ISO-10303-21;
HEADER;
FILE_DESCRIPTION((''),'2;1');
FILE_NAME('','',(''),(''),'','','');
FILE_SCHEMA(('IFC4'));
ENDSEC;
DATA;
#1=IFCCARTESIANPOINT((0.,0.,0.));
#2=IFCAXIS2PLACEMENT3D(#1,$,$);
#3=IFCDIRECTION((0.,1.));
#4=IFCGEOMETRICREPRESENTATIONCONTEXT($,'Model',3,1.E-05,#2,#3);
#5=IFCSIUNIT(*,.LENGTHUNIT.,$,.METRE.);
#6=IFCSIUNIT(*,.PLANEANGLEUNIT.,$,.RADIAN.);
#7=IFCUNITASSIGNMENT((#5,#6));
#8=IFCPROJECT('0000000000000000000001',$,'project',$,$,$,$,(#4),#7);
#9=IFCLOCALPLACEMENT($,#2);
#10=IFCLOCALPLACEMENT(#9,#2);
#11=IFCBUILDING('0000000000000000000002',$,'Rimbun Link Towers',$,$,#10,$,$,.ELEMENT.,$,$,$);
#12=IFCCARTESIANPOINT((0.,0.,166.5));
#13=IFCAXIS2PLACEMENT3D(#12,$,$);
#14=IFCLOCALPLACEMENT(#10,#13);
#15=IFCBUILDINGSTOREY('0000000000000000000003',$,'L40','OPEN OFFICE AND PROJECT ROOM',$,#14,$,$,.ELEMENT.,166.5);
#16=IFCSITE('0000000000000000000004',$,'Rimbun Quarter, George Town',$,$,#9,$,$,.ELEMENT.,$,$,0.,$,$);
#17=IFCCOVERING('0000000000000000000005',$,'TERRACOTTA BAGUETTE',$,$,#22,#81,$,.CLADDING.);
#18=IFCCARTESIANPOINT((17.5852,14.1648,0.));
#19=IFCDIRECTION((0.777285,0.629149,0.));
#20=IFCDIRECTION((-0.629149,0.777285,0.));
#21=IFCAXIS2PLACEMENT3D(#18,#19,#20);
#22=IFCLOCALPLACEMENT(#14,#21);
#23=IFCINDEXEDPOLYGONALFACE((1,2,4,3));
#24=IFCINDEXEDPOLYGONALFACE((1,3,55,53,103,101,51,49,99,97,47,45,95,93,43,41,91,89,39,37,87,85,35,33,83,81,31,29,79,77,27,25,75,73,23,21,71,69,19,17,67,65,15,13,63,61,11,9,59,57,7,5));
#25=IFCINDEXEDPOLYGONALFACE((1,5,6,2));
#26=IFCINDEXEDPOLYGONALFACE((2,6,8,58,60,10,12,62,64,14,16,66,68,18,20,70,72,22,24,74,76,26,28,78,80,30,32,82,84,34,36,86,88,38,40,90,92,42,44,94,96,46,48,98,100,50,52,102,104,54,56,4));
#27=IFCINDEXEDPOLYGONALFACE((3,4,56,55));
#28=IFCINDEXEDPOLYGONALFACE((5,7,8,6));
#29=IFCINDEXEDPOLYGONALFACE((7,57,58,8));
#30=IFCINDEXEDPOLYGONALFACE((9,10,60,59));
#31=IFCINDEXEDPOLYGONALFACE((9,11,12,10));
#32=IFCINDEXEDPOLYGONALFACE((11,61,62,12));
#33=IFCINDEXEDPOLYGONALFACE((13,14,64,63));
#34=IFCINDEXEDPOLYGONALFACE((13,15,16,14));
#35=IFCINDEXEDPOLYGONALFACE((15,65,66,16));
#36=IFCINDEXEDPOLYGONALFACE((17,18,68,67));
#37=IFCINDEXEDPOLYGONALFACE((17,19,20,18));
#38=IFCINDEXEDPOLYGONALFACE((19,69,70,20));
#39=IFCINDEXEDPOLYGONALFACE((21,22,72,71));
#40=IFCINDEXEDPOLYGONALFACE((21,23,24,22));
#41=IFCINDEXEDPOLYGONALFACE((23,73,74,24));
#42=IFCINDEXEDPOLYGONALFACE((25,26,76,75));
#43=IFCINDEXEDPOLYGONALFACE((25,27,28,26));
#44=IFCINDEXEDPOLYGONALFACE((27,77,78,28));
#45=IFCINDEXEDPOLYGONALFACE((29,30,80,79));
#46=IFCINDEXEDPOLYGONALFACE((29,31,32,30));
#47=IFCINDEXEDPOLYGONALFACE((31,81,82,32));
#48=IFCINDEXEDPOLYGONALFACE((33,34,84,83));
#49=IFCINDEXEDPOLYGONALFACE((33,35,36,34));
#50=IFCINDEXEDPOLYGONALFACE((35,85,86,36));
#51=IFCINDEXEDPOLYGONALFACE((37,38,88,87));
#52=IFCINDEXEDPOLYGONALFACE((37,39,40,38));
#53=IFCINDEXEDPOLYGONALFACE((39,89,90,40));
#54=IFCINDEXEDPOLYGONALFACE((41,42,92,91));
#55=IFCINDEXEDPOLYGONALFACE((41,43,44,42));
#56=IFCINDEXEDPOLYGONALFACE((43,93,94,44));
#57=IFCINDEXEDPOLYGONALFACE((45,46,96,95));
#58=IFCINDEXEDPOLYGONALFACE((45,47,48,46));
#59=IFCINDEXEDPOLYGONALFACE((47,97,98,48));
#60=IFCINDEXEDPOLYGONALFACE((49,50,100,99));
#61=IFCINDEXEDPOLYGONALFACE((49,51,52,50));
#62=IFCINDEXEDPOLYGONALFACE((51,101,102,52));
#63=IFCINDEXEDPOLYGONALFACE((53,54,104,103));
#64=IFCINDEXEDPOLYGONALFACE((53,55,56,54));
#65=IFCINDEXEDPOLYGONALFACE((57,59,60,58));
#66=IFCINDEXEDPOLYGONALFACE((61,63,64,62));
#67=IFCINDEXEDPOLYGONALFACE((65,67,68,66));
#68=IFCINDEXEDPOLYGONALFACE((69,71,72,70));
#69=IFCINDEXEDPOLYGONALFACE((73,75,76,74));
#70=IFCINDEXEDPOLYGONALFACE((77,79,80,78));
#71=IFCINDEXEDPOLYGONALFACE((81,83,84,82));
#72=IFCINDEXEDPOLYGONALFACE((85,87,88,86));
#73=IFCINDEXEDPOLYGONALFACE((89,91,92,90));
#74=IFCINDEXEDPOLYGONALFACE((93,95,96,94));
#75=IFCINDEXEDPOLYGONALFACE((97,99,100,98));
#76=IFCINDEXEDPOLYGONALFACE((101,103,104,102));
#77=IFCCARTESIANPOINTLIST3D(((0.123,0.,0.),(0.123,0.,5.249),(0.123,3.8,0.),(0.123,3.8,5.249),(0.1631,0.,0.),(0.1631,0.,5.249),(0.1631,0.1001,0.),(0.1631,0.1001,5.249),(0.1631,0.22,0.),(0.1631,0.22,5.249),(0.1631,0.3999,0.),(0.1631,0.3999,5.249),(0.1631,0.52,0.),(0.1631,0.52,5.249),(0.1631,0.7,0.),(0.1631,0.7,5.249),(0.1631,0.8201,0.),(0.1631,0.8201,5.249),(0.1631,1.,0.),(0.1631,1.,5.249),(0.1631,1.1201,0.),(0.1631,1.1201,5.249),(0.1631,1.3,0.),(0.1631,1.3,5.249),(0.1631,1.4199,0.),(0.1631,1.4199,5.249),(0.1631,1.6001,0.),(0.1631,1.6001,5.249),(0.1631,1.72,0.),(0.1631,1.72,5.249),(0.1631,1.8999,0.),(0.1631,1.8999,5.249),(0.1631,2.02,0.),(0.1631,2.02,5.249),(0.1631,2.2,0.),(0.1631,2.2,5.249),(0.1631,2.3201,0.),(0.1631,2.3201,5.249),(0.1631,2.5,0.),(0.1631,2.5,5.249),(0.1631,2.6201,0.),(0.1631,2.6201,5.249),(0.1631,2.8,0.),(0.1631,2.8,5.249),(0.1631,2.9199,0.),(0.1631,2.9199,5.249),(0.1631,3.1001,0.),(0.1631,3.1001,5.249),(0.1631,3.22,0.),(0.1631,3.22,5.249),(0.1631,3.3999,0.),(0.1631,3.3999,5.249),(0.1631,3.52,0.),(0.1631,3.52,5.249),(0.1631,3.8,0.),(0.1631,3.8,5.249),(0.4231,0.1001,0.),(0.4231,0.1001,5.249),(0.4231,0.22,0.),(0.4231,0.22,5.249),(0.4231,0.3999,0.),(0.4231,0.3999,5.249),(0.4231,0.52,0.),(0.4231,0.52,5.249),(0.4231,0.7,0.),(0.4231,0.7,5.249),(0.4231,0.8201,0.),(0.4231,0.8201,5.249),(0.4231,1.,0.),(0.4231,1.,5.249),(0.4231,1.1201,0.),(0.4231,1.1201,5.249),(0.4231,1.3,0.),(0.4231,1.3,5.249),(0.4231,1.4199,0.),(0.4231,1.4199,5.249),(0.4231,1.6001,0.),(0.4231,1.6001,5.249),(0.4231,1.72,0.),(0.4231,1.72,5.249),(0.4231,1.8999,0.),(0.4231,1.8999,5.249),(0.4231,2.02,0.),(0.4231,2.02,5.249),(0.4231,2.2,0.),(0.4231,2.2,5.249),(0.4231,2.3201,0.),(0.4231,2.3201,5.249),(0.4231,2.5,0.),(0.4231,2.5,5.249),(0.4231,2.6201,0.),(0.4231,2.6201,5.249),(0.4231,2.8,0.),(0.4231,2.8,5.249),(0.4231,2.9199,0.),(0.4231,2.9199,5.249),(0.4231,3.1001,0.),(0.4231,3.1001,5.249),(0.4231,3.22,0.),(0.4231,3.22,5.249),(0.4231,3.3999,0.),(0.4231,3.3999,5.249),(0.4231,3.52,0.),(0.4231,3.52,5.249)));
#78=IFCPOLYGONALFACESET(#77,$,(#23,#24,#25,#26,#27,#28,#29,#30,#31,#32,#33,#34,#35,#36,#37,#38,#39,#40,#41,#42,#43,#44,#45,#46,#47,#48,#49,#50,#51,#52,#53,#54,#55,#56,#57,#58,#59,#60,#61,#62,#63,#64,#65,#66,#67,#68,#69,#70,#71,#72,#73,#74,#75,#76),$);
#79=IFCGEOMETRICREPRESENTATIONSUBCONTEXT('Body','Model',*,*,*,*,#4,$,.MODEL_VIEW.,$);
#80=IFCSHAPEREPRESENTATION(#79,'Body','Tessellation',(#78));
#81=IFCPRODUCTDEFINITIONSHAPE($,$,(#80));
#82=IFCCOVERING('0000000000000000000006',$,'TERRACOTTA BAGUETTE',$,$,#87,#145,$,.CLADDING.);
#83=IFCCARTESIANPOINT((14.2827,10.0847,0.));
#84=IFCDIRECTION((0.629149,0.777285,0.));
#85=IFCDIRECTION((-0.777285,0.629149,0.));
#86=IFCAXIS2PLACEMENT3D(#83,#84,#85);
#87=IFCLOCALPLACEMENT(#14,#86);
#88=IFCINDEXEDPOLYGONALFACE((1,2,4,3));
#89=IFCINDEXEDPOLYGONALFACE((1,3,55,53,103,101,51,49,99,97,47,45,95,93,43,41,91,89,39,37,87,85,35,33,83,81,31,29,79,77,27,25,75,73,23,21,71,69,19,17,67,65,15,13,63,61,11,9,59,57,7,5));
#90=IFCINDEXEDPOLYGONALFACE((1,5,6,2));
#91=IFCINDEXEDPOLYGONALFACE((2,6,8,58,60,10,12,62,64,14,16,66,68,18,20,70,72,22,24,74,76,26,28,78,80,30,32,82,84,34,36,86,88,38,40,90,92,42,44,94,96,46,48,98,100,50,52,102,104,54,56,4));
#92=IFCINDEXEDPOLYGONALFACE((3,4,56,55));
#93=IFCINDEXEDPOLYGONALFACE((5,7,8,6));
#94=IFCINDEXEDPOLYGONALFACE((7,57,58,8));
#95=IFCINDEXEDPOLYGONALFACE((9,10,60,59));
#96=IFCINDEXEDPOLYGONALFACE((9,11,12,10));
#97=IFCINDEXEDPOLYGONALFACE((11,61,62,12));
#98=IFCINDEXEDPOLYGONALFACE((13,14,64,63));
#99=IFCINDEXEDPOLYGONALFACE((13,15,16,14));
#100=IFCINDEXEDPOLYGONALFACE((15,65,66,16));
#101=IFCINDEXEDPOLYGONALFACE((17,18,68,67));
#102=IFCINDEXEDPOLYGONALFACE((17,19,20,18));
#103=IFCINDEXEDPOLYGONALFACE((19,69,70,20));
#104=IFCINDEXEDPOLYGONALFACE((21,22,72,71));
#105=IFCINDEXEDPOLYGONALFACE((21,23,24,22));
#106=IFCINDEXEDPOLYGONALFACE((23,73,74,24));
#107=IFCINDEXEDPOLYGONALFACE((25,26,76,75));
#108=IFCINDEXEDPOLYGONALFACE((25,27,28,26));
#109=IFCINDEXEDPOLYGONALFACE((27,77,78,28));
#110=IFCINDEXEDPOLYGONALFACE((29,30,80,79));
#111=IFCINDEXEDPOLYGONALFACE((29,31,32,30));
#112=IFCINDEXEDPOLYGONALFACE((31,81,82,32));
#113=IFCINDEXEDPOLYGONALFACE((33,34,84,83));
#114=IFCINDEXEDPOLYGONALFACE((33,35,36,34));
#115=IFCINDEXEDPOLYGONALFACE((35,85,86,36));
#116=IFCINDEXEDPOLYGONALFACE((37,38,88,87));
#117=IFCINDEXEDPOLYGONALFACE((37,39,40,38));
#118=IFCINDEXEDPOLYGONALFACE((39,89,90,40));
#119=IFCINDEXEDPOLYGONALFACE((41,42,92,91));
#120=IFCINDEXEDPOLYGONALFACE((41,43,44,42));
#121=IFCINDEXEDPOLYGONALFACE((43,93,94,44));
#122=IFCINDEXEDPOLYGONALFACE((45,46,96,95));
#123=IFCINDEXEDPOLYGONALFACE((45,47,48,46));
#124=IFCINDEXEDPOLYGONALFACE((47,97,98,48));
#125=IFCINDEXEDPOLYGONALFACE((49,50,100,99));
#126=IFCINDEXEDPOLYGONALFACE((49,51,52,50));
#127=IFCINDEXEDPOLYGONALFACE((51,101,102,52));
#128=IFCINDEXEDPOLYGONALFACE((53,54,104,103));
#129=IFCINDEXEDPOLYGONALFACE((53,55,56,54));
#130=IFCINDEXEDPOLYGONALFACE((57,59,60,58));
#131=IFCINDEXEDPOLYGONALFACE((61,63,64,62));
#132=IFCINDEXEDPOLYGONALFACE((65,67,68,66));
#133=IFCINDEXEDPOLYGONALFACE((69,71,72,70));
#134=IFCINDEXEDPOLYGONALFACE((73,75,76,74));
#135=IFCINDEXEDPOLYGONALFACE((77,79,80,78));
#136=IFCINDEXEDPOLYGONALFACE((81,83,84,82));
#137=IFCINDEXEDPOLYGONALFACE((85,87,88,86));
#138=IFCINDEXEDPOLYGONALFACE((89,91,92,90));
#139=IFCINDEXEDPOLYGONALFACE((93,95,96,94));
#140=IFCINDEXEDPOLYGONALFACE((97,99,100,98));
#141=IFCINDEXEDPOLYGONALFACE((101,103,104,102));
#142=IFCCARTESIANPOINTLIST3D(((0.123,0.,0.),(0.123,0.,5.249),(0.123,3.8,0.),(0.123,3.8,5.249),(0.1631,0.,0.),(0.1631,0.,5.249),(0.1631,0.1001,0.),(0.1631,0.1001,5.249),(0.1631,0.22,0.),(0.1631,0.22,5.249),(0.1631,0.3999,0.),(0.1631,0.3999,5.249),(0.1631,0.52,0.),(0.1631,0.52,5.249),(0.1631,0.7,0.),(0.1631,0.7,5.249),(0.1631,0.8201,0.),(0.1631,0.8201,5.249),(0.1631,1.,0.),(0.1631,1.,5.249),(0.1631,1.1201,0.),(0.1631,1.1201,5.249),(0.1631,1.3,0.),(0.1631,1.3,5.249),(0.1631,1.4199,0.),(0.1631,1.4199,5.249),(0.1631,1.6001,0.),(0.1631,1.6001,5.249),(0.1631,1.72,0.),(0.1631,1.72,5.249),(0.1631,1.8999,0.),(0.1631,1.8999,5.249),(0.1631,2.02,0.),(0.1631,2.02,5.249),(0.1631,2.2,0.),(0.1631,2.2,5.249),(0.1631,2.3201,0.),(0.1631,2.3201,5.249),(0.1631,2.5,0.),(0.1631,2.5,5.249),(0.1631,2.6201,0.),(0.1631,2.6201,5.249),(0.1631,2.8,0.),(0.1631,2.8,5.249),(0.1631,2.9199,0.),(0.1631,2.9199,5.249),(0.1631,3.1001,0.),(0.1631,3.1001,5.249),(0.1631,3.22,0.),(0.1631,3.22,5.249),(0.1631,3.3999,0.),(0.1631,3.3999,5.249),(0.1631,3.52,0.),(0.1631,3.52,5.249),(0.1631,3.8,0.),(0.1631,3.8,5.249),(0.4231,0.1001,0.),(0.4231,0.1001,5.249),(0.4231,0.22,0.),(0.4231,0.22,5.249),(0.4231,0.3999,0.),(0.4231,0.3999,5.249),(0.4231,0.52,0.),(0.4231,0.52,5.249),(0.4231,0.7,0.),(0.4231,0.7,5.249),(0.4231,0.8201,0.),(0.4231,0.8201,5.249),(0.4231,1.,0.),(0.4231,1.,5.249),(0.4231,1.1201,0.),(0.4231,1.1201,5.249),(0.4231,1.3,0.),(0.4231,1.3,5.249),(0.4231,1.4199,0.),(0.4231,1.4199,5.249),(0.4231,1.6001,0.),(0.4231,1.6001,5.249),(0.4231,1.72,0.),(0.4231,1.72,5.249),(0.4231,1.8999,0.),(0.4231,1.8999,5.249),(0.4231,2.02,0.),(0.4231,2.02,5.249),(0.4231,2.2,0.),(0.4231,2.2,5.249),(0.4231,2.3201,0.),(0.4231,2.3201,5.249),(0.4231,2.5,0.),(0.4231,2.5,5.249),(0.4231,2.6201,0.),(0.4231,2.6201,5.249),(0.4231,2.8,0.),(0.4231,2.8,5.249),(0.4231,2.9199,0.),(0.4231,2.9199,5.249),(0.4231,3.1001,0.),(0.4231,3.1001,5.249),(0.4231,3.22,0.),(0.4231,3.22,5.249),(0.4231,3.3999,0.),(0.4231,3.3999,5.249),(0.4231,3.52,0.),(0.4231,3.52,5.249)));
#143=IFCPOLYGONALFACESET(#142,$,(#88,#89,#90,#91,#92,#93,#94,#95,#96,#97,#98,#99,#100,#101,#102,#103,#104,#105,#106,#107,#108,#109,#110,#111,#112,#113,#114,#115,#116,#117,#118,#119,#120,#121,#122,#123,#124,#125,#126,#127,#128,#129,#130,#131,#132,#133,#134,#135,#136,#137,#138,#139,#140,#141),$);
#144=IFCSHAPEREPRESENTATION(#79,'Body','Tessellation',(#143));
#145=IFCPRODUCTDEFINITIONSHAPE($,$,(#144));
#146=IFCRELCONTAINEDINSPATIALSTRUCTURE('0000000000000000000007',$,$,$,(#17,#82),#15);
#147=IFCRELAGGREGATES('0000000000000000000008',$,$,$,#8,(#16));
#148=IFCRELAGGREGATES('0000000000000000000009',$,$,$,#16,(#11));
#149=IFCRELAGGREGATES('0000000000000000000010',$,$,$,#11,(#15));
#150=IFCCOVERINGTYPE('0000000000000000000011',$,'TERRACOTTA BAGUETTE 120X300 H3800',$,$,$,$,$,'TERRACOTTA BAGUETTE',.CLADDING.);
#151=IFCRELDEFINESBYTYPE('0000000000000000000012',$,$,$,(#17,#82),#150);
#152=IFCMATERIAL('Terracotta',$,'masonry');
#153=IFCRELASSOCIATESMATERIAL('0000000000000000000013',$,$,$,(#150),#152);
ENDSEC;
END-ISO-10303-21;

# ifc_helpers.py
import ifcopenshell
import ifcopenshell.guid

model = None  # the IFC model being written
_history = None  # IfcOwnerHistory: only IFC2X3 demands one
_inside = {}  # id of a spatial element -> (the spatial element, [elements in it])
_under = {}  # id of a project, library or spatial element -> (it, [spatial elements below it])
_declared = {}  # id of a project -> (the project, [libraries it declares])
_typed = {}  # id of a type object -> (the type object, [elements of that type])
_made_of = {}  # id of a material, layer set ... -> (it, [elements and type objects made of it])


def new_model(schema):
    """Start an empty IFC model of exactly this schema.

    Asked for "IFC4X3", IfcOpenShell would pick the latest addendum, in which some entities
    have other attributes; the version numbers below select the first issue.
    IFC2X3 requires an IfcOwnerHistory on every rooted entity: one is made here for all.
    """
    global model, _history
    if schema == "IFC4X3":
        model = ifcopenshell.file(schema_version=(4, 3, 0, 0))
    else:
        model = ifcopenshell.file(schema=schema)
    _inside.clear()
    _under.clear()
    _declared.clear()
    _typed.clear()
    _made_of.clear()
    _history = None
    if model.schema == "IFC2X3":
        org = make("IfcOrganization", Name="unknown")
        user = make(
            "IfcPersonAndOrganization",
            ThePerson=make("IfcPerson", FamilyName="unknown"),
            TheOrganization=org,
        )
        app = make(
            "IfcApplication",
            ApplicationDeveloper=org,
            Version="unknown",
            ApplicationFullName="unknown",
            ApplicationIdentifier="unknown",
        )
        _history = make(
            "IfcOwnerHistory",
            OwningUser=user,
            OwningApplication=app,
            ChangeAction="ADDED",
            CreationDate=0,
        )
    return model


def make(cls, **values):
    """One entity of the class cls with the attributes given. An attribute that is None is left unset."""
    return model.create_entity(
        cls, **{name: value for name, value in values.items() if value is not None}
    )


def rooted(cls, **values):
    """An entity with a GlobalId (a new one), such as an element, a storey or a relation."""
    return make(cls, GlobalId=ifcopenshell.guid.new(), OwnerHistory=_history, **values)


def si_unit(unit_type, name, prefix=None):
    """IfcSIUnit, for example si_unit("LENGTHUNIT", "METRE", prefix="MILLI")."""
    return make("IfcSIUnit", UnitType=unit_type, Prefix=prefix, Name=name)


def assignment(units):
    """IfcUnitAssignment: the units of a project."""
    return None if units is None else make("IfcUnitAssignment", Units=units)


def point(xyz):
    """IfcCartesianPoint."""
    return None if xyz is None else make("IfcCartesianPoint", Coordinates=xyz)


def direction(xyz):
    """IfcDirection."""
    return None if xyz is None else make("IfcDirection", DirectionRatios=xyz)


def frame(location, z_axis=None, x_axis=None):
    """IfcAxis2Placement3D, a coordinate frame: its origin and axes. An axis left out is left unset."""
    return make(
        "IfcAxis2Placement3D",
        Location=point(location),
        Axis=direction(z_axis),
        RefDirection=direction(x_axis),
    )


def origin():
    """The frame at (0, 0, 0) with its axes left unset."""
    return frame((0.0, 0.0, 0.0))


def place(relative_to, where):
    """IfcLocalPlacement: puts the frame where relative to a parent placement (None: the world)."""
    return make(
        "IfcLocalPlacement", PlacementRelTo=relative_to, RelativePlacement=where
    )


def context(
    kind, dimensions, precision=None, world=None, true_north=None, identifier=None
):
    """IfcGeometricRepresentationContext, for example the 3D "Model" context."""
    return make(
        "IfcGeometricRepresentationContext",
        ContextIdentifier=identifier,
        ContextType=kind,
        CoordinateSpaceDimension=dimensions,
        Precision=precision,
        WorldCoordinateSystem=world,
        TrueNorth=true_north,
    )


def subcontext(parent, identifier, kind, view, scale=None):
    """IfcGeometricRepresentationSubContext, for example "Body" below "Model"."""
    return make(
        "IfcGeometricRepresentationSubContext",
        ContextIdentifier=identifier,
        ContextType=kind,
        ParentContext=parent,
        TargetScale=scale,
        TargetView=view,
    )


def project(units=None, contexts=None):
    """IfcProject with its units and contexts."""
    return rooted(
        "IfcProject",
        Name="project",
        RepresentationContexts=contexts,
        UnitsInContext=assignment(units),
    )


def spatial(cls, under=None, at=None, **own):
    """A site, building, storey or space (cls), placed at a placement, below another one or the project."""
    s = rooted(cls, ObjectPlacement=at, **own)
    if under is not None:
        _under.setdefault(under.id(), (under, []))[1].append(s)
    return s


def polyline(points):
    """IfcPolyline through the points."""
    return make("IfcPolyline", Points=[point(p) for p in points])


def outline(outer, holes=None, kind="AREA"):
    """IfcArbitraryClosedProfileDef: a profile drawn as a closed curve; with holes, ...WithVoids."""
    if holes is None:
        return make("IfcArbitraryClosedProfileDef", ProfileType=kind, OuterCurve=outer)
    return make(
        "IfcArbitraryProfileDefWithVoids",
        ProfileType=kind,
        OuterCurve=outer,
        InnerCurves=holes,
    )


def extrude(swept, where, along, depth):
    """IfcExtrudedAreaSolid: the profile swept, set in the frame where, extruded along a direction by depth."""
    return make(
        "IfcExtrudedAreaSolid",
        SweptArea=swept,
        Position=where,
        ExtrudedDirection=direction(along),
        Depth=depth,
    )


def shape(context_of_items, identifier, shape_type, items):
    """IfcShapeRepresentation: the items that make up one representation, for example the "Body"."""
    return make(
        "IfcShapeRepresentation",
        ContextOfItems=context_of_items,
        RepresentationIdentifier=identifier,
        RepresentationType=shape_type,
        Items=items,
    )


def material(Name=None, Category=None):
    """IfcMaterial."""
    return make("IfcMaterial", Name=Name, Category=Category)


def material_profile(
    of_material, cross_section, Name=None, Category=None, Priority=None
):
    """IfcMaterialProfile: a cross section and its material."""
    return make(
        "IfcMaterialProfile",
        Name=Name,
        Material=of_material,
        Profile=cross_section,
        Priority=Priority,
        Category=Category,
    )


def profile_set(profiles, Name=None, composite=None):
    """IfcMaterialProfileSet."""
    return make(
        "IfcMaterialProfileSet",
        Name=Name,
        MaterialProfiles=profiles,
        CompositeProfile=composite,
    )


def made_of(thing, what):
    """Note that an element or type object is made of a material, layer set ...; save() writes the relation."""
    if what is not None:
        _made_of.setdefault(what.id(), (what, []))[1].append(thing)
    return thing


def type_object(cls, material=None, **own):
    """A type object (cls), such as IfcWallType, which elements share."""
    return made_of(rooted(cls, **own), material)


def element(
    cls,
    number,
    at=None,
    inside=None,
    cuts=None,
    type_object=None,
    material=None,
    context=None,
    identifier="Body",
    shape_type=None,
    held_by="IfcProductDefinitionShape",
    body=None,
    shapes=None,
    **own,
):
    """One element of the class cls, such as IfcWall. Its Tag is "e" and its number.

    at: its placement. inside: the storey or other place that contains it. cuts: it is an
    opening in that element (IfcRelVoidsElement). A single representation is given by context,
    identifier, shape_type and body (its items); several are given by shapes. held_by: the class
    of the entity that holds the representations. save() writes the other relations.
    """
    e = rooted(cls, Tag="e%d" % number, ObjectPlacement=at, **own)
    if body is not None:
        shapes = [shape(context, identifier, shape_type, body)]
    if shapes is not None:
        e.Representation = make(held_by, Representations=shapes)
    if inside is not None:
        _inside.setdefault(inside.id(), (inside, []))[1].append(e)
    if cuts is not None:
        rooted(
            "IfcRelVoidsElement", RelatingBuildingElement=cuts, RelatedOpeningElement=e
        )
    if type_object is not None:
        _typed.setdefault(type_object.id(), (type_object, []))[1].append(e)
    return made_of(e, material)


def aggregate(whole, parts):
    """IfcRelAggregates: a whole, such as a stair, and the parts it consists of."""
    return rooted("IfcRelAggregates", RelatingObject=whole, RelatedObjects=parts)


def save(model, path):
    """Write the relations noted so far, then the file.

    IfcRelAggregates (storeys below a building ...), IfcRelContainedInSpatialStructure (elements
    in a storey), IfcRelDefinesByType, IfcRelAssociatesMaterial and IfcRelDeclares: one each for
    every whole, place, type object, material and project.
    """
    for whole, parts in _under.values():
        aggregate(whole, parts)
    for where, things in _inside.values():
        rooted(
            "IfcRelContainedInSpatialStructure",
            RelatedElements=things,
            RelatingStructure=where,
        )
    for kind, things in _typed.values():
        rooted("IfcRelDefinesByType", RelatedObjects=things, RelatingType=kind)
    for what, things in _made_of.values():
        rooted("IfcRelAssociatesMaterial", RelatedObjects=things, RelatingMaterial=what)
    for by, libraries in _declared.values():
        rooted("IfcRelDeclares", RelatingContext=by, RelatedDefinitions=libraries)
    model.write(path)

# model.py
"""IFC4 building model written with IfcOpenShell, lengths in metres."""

from ifc_helpers import new_model, si_unit, direction, frame, origin, place, context, subcontext, project, spatial, polyline, outline, extrude, material, material_profile, profile_set, type_object, element, save


model = new_model("IFC4")

# Units and contexts
model_context = context("Model", 3, precision=1e-05, world=origin(), true_north=direction((0.0, 1.0)))
body_context = subcontext(model_context, "Body", "Model", "MODEL_VIEW")
ifc_project = project(units=[si_unit("LENGTHUNIT", "METRE"), si_unit("PLANEANGLEUNIT", "RADIAN")], contexts=[model_context])

# Site, building, storey
site_placement = place(None, origin())
site = spatial("IfcSite", under=ifc_project, at=site_placement, Name="Rimbun Quarter, George Town", CompositionType="ELEMENT", RefElevation=0.0)
building_placement = place(site_placement, origin())
building = spatial("IfcBuilding", under=site, at=building_placement, Name="Rimbun Link Towers", CompositionType="ELEMENT")
storey_placement = place(building_placement, frame((0.0, 0.0, 166.5)))
storey = spatial("IfcBuildingStorey", under=building, at=storey_placement, Name="L40", Description="OPEN OFFICE AND PROJECT ROOM", CompositionType="ELEMENT", Elevation=166.5)

# Coverings
ifc_material_1 = material(Name="Terracotta", Category="masonry")
ifc_material_profile_1 = material_profile(ifc_material_1, outline(polyline([(0.123, 0.0), (0.1631, 0.0), (0.1631, 0.1001), (0.4231, 0.1001), (0.4231, 0.22), (0.1631, 0.22), (0.1631, 0.3999), (0.4231, 0.3999), (0.4231, 0.52), (0.1631, 0.52), (0.1631, 0.7), (0.4231, 0.7), (0.4231, 0.8201), (0.1631, 0.8201), (0.1631, 1.0), (0.4231, 1.0), (0.4231, 1.1201), (0.1631, 1.1201), (0.1631, 1.3), (0.4231, 1.3), (0.4231, 1.4199), (0.1631, 1.4199), (0.1631, 1.6001), (0.4231, 1.6001), (0.4231, 1.72), (0.1631, 1.72), (0.1631, 1.8999), (0.4231, 1.8999), (0.4231, 2.02), (0.1631, 2.02), (0.1631, 2.2), (0.4231, 2.2), (0.4231, 2.3201), (0.1631, 2.3201), (0.1631, 2.5), (0.4231, 2.5), (0.4231, 2.6201), (0.1631, 2.6201), (0.1631, 2.8), (0.4231, 2.8), (0.4231, 2.9199), (0.1631, 2.9199), (0.1631, 3.1001), (0.4231, 3.1001), (0.4231, 3.22), (0.1631, 3.22), (0.1631, 3.3999), (0.4231, 3.3999), (0.4231, 3.52), (0.1631, 3.52), (0.1631, 3.8), (0.123, 3.8), (0.123, 0.0)])), Name="BAGUETTE 120X300")
ifc_profile_set_1 = profile_set([ifc_material_profile_1], Name="Terracotta")
covering_type_1 = type_object("IfcCoveringType", Name="TERRACOTTA BAGUETTE 120X300 H3800", ElementType="TERRACOTTA BAGUETTE", PredefinedType="CLADDING", material=ifc_profile_set_1)
for number, where, z_axis, x_axis, name in (
    (1, (17.5852, 14.1648, 0.0), (0.777285, 0.629149, 0.0), (-0.629149, 0.777285, 0.0), "TERRACOTTA BAGUETTE"),
    (2, (14.2827, 10.0847, 0.0), (0.629149, 0.777285, 0.0), (-0.777285, 0.629149, 0.0), "TERRACOTTA BAGUETTE"),
):
    element("IfcCovering", number, at=place(storey_placement, frame(where, z_axis=z_axis, x_axis=x_axis)), inside=storey, type_object=covering_type_1, Name=name, PredefinedType="CLADDING", context=body_context, shape_type="SweptSolid", body=[
        extrude(outline(polyline([(0.123, 0.0), (0.1631, 0.0), (0.1631, 0.1001), (0.4231, 0.1001), (0.4231, 0.22), (0.1631, 0.22), (0.1631, 0.3999), (0.4231, 0.3999), (0.4231, 0.52), (0.1631, 0.52), (0.1631, 0.7), (0.4231, 0.7), (0.4231, 0.8201), (0.1631, 0.8201), (0.1631, 1.0), (0.4231, 1.0), (0.4231, 1.1201), (0.1631, 1.1201), (0.1631, 1.3), (0.4231, 1.3), (0.4231, 1.4199), (0.1631, 1.4199), (0.1631, 1.6001), (0.4231, 1.6001), (0.4231, 1.72), (0.1631, 1.72), (0.1631, 1.8999), (0.4231, 1.8999), (0.4231, 2.02), (0.1631, 2.02), (0.1631, 2.2), (0.4231, 2.2), (0.4231, 2.3201), (0.1631, 2.3201), (0.1631, 2.5), (0.4231, 2.5), (0.4231, 2.6201), (0.1631, 2.6201), (0.1631, 2.8), (0.4231, 2.8), (0.4231, 2.9199), (0.1631, 2.9199), (0.1631, 3.1001), (0.4231, 3.1001), (0.4231, 3.22), (0.1631, 3.22), (0.1631, 3.3999), (0.4231, 3.3999), (0.4231, 3.52), (0.1631, 3.52), (0.1631, 3.8), (0.123, 3.8), (0.123, 0.0)])), origin(), (0.0, 0.0, 1.0), 5.249),
    ])

save(model, "model.ifc")
